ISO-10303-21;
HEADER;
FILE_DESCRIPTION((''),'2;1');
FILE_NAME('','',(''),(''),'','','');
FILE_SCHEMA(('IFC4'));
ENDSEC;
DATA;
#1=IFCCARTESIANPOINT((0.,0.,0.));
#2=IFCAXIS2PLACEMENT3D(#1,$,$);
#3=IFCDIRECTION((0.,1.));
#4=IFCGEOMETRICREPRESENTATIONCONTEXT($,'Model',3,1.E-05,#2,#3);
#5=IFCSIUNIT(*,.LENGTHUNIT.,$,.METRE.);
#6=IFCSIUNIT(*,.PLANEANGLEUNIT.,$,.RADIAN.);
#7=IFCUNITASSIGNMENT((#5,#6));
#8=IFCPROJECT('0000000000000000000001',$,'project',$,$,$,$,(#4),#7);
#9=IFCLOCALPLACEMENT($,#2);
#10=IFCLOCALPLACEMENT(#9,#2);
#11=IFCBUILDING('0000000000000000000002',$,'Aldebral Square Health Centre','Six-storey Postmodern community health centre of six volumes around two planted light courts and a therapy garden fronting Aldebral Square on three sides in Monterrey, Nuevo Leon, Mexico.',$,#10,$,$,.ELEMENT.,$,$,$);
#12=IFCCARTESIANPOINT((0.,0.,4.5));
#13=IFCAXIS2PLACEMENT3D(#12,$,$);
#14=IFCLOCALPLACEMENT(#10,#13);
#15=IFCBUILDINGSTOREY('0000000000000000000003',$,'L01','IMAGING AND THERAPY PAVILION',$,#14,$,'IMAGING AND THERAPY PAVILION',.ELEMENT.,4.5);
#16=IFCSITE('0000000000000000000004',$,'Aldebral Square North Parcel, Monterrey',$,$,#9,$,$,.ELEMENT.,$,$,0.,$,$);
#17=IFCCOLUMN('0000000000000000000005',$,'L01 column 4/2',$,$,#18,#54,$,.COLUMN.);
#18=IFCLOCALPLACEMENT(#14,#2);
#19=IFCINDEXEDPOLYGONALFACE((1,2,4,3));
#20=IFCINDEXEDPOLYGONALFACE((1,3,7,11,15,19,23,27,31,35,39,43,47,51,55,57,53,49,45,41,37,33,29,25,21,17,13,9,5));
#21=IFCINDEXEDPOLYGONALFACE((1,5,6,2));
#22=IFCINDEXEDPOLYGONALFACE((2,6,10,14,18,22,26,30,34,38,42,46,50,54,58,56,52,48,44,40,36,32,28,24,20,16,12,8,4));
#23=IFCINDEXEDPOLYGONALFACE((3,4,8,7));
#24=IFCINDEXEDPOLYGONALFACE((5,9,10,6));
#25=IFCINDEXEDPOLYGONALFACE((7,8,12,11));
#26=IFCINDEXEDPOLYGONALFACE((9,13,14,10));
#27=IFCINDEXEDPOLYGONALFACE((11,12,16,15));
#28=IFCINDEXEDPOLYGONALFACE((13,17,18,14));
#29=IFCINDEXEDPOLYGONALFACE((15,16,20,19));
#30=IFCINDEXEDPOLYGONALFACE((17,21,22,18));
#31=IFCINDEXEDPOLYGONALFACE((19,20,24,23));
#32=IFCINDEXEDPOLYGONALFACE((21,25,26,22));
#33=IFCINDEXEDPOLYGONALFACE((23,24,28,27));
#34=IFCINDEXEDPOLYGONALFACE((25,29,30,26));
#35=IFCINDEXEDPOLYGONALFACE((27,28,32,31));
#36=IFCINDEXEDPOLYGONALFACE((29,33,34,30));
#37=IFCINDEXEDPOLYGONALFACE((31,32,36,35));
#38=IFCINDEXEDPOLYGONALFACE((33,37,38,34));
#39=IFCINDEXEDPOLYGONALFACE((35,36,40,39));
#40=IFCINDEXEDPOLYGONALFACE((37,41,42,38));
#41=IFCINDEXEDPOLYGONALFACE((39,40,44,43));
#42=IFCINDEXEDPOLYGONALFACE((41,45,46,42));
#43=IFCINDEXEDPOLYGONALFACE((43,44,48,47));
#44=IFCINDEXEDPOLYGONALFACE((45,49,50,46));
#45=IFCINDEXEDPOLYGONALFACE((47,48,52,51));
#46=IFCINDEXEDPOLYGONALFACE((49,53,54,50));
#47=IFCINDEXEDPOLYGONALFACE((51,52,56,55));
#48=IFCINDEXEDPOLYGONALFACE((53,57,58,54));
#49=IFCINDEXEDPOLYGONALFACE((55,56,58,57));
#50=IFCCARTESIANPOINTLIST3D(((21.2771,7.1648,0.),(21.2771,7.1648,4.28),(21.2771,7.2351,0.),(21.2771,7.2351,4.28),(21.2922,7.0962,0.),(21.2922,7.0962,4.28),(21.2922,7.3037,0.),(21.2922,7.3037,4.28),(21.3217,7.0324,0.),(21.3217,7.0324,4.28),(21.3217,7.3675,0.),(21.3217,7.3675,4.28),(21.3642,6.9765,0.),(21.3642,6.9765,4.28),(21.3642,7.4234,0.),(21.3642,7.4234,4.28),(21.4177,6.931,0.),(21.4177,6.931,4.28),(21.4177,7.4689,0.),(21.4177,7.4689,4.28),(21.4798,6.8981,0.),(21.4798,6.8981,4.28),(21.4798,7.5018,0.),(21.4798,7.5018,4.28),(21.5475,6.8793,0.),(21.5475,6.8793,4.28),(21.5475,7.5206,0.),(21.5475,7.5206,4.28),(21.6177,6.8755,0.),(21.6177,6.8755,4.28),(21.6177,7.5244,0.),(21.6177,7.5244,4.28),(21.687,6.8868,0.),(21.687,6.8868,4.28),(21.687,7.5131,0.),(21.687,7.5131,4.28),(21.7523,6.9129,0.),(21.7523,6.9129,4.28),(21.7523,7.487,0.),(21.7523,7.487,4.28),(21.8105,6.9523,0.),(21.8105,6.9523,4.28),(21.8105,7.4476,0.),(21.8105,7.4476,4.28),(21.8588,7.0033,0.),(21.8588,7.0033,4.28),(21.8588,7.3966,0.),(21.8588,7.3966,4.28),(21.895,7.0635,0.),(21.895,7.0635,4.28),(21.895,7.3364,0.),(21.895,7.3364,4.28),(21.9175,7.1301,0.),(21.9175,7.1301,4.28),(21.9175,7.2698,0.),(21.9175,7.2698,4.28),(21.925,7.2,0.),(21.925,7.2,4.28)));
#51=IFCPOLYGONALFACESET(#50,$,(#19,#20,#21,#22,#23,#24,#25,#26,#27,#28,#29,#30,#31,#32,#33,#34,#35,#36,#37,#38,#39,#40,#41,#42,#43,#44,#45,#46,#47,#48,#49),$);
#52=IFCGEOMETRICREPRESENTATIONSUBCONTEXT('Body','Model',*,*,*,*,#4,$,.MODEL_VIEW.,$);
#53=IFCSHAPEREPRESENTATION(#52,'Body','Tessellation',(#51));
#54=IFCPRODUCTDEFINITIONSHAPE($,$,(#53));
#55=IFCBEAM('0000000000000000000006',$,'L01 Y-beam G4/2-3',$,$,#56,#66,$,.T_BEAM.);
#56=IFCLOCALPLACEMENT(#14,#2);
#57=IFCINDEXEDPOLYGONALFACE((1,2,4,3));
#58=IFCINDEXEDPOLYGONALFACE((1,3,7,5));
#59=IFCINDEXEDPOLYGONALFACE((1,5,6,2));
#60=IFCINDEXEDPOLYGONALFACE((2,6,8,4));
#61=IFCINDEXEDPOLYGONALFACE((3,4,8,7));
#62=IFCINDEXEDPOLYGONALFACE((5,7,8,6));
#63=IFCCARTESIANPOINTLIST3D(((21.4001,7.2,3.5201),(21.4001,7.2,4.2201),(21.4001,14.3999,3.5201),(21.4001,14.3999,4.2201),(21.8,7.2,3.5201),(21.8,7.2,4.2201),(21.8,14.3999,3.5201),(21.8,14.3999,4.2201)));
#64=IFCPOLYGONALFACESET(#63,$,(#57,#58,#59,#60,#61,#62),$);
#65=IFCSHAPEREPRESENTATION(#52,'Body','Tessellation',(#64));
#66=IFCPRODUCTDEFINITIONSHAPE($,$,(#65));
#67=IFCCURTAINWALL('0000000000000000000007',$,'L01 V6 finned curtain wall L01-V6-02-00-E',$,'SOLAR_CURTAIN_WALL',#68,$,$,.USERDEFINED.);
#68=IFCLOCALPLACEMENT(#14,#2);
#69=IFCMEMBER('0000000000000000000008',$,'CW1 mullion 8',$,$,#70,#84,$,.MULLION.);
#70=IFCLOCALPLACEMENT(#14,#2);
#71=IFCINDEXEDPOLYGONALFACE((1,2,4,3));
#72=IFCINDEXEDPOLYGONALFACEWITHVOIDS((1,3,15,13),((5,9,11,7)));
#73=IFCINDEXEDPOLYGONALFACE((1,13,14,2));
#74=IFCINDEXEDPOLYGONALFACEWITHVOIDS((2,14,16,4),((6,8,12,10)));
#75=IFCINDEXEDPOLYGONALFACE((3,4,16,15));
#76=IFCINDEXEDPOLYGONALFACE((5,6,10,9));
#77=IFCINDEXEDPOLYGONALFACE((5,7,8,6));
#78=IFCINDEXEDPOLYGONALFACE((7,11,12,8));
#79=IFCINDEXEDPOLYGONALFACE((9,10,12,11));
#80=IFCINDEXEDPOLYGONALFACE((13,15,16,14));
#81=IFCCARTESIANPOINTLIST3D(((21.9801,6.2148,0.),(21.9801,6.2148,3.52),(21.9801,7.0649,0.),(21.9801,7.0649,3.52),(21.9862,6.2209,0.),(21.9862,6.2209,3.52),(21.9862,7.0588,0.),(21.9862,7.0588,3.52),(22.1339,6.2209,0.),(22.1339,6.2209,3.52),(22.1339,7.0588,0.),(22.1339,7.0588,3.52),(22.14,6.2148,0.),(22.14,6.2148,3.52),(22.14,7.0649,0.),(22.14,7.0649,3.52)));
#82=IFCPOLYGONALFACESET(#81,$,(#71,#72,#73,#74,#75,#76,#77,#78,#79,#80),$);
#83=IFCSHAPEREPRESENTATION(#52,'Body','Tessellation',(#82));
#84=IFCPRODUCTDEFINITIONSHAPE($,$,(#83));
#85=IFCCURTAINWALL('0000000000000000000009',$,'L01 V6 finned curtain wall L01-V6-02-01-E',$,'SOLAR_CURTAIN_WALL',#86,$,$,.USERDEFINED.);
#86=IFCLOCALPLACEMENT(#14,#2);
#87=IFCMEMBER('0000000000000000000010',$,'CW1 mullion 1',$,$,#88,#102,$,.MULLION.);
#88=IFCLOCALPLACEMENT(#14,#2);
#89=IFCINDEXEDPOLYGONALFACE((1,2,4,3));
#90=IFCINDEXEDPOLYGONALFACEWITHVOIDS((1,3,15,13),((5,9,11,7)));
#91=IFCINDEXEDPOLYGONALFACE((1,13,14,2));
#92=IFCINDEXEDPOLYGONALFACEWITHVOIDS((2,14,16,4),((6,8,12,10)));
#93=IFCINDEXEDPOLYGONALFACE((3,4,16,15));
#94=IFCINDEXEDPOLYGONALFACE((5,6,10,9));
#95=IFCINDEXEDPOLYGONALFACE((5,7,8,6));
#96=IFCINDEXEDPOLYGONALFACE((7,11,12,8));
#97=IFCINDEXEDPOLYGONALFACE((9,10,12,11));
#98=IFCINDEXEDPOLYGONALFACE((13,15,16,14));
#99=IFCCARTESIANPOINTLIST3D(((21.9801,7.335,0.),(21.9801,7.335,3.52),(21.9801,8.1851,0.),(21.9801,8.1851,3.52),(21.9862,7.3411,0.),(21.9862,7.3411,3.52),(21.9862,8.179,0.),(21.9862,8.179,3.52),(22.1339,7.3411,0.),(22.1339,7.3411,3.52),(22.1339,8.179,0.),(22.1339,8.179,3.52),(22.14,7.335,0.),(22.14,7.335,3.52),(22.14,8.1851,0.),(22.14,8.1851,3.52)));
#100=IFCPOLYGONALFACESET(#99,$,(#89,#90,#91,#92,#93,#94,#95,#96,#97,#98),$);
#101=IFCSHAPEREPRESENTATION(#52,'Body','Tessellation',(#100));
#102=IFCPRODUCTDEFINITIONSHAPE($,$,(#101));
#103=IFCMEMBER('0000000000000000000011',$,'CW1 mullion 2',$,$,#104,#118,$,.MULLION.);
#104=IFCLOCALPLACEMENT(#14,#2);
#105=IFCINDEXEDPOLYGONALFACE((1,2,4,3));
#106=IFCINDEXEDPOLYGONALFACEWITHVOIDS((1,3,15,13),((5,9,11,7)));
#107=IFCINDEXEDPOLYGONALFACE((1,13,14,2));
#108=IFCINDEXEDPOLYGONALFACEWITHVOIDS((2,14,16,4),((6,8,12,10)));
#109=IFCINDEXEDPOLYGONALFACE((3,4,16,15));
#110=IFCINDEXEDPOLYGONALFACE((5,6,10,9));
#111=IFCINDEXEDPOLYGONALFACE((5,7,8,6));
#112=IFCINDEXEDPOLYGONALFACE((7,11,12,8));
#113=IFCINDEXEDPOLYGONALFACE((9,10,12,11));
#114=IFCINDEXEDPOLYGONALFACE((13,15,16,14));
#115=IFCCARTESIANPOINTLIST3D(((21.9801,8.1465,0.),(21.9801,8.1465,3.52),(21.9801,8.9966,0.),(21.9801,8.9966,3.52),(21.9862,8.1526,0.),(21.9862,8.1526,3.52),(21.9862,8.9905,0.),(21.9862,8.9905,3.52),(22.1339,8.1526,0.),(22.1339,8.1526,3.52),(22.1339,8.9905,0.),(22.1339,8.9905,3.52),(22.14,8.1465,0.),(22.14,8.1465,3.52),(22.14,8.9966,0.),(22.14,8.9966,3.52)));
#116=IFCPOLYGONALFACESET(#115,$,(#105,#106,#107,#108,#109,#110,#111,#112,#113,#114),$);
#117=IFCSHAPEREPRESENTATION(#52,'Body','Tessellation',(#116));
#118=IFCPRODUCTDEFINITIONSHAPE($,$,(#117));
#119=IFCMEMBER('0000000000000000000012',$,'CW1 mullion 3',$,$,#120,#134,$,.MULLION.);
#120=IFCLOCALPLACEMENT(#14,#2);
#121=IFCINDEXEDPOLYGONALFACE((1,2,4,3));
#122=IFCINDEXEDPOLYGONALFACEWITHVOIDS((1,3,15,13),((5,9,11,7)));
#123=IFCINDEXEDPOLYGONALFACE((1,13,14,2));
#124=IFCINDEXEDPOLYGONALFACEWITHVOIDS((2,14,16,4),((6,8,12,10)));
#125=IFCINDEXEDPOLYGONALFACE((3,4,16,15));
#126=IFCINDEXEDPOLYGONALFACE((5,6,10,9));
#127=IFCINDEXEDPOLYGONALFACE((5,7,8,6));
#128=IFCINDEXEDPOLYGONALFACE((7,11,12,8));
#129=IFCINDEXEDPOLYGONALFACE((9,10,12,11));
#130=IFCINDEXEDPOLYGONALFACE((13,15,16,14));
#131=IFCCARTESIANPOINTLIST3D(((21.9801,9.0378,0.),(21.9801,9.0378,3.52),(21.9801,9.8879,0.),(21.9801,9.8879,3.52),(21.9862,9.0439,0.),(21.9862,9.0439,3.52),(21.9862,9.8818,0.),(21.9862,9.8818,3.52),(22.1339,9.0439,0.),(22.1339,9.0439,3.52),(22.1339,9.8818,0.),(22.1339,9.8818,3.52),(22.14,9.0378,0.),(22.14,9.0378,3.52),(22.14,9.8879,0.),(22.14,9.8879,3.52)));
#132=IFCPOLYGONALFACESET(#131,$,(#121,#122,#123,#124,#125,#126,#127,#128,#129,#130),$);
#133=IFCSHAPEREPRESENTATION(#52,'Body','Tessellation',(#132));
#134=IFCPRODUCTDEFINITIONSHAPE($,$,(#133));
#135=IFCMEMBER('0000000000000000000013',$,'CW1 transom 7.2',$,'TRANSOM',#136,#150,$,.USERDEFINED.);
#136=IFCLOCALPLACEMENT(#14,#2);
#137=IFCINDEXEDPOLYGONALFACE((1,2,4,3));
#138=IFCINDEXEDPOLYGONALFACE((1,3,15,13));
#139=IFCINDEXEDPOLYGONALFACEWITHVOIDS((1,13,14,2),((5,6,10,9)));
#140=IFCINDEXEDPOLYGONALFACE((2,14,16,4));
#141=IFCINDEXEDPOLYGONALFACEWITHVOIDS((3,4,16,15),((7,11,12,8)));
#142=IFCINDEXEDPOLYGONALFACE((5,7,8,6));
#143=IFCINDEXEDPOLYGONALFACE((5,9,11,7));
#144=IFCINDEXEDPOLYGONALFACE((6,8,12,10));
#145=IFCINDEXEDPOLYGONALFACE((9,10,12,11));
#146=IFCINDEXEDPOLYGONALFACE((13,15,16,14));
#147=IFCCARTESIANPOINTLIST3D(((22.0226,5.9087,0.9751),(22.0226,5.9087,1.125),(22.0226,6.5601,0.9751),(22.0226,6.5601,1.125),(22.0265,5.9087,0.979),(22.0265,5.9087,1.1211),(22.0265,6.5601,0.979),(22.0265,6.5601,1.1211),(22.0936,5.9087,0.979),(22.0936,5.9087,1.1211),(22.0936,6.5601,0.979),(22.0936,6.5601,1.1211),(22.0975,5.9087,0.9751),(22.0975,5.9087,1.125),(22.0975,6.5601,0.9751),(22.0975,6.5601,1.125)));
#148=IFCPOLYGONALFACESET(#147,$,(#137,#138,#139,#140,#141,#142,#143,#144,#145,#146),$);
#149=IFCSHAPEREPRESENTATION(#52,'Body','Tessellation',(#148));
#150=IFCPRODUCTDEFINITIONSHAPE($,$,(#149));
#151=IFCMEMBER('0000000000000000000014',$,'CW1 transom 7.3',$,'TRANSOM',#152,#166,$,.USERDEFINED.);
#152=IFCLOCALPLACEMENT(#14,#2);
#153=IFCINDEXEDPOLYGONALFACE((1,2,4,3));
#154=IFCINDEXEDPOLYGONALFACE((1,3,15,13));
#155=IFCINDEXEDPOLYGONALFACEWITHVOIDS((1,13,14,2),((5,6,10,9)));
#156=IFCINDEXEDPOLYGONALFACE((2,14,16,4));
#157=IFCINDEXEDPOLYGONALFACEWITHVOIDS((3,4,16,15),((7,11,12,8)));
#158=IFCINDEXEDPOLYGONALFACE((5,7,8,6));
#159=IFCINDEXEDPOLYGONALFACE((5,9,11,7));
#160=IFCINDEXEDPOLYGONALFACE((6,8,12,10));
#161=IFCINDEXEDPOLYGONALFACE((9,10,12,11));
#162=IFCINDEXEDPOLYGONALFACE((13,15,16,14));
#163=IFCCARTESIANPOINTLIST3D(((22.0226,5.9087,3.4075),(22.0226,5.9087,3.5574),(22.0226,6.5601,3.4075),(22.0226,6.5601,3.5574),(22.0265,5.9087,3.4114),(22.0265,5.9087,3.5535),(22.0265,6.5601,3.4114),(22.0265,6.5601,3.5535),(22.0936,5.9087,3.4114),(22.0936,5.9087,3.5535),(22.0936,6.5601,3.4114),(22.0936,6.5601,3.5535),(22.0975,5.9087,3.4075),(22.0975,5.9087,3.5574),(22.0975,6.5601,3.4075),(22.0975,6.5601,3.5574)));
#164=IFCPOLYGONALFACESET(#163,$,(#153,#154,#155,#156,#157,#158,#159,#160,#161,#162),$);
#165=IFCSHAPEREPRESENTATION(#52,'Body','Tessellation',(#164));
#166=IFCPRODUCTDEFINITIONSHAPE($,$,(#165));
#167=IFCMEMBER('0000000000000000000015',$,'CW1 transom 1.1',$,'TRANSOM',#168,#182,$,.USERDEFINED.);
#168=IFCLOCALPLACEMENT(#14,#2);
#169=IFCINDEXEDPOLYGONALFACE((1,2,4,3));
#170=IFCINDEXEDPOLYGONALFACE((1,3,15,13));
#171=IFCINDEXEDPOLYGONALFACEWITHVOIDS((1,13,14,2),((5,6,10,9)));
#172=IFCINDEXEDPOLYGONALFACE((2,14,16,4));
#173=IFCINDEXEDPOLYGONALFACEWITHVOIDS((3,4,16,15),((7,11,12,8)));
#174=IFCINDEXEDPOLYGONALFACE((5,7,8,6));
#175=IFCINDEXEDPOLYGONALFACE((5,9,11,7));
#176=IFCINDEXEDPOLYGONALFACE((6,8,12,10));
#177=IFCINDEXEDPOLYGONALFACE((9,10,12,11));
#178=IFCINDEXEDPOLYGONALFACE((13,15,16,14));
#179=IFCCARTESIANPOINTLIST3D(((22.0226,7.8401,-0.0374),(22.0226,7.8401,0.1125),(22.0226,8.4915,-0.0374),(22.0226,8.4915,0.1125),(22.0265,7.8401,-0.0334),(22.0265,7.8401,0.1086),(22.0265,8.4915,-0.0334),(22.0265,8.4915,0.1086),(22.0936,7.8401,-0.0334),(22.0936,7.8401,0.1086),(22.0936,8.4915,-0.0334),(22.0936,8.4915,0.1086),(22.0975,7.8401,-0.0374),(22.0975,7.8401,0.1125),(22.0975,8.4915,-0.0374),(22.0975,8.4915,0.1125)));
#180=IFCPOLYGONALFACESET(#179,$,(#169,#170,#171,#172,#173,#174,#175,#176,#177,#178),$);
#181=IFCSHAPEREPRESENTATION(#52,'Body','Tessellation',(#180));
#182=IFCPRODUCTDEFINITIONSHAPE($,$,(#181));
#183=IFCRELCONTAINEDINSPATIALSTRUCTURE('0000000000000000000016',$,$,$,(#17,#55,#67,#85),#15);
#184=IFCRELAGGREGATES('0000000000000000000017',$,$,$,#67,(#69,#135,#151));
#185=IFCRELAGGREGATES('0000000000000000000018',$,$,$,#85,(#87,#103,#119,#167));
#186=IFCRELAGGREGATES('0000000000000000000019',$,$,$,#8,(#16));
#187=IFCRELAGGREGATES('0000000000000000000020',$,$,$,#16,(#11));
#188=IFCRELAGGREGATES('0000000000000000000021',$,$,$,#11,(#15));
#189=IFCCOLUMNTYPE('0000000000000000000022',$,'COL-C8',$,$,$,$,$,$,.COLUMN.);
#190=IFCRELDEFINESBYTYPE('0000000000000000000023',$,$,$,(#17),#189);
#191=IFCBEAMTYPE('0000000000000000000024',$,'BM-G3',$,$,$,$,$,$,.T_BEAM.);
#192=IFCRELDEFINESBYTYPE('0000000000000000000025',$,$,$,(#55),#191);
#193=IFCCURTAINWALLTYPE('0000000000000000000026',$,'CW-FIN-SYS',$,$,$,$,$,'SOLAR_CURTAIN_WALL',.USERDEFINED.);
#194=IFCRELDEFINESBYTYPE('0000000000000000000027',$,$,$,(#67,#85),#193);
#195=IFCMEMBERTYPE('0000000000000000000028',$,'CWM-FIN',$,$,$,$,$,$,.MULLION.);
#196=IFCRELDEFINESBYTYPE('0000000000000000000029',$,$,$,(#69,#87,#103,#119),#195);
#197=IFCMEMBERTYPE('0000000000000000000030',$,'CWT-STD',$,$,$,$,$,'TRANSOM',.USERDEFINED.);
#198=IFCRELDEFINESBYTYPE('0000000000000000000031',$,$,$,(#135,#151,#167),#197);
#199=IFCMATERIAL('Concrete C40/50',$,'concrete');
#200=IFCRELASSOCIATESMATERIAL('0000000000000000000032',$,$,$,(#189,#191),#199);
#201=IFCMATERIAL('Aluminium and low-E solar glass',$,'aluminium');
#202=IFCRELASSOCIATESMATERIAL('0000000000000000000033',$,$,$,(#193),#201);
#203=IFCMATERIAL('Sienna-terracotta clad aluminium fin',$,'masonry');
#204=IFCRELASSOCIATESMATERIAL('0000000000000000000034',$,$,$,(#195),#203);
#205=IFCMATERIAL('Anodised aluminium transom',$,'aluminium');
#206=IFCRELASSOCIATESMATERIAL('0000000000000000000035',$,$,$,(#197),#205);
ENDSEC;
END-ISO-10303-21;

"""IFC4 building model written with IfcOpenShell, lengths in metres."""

from ifc_helpers import new_model, si_unit, direction, frame, origin, origin_2d, place, context, subcontext, project, spatial, rectangle, hollow_rectangle, circle, extrude, material, material_profile, profile_set, type_object, element, aggregate, save


model = new_model("IFC4")

# Units and contexts
model_context = context("Model", 3, precision=1e-05, world=origin(), true_north=direction((0.0, 1.0)))
body_context = subcontext(model_context, "Body", "Model", "MODEL_VIEW")
ifc_project = project(units=[si_unit("LENGTHUNIT", "METRE"), si_unit("PLANEANGLEUNIT", "RADIAN")], contexts=[model_context])

# Site, building, storey
site_placement = place(None, origin())
site = spatial("IfcSite", under=ifc_project, at=site_placement, Name="Aldebral Square North Parcel, Monterrey", CompositionType="ELEMENT", RefElevation=0.0)
building_placement = place(site_placement, origin())
building = spatial("IfcBuilding", under=site, at=building_placement, Name="Aldebral Square Health Centre", Description="Six-storey Postmodern community health centre of six volumes around two planted light courts and a therapy garden fronting Aldebral Square on three sides in Monterrey, Nuevo Leon, Mexico.", CompositionType="ELEMENT")
storey_placement = place(building_placement, frame((0.0, 0.0, 4.5)))
storey = spatial("IfcBuildingStorey", under=building, at=storey_placement, Name="L01", Description="IMAGING AND THERAPY PAVILION", LongName="IMAGING AND THERAPY PAVILION", CompositionType="ELEMENT", Elevation=4.5)

# Column
ifc_material_1 = material(Name="Concrete C40/50", Category="concrete")
ifc_material_profile_1 = material_profile(ifc_material_1, circle(Radius=0.325, at=origin_2d()), Name="RC D650")
ifc_profile_set_1 = profile_set([ifc_material_profile_1], Name="Concrete C40/50")
column_type = type_object("IfcColumnType", Name="COL-C8", PredefinedType="COLUMN", material=ifc_profile_set_1)
column_placement = place(storey_placement, frame((21.6001, 7.2, 0.0), z_axis=(0.0, 0.0, 1.0), x_axis=(1.0, 0.0, 0.0)))
element("IfcColumn", 1, at=column_placement, inside=storey, type_object=column_type, Name="L01 column 4/2", PredefinedType="COLUMN", context=body_context, shape_type="SweptSolid", body=[
    extrude(circle(Radius=0.325, at=origin_2d()), origin(), (0.0, 0.0, 1.0), 4.28),
])

# Beam
ifc_material_profile_2 = material_profile(ifc_material_1, rectangle(XDim=0.3999, YDim=0.7, at=origin_2d()), Name="RC 400x700")
ifc_profile_set_2 = profile_set([ifc_material_profile_2], Name="Concrete C40/50")
beam_type = type_object("IfcBeamType", Name="BM-G3", PredefinedType="T_BEAM", material=ifc_profile_set_2)
beam_placement = place(storey_placement, frame((21.6001, 7.2, 3.8701), z_axis=(0.0, 1.0, 0.0), x_axis=(-1.0, 0.0, 0.0)))
element("IfcBeam", 2, at=beam_placement, inside=storey, type_object=beam_type, Name="L01 Y-beam G4/2-3", PredefinedType="T_BEAM", context=body_context, shape_type="SweptSolid", body=[
    extrude(rectangle(XDim=0.3999, YDim=0.7, at=origin_2d()), origin(), (0.0, 0.0, 1.0), 7.2),
])

# Curtain wall, member
ifc_material_2 = material(Name="Aluminium and low-E solar glass", Category="aluminium")
curtain_wall_type = type_object("IfcCurtainWallType", Name="CW-FIN-SYS", ElementType="SOLAR_CURTAIN_WALL", PredefinedType="USERDEFINED", material=ifc_material_2)
curtain_wall_1_placement = place(storey_placement, origin())
curtain_wall_1 = element("IfcCurtainWall", 3, at=curtain_wall_1_placement, inside=storey, type_object=curtain_wall_type, Name="L01 V6 finned curtain wall L01-V6-02-00-E", ObjectType="SOLAR_CURTAIN_WALL", PredefinedType="USERDEFINED")
ifc_material_3 = material(Name="Sienna-terracotta clad aluminium fin", Category="masonry")
ifc_material_profile_3 = material_profile(ifc_material_3, hollow_rectangle(XDim=0.1599, YDim=0.8501, WallThickness=0.0061, at=origin_2d()), Name="FIN 160x850x6")
ifc_profile_set_3 = profile_set([ifc_material_profile_3], Name="Sienna-terracotta clad aluminium fin")
member_type_1 = type_object("IfcMemberType", Name="CWM-FIN", PredefinedType="MULLION", material=ifc_profile_set_3)
member_1_placement = place(storey_placement, frame((22.0601, 6.6399, 0.0), z_axis=(0.0, 0.0, 1.0), x_axis=(-1.0, 0.0, 0.0)))
member_1 = element("IfcMember", 4, at=member_1_placement, type_object=member_type_1, Name="CW1 mullion 8", PredefinedType="MULLION", context=body_context, shape_type="SweptSolid", body=[
    extrude(hollow_rectangle(XDim=0.1599, YDim=0.8501, WallThickness=0.0061, at=origin_2d()), origin(), (0.0, 0.0, 1.0), 3.52),
])

# Curtain wall, members
curtain_wall_2_placement = place(storey_placement, origin())
curtain_wall_2 = element("IfcCurtainWall", 5, at=curtain_wall_2_placement, inside=storey, type_object=curtain_wall_type, Name="L01 V6 finned curtain wall L01-V6-02-01-E", ObjectType="SOLAR_CURTAIN_WALL", PredefinedType="USERDEFINED")
member_2_placement = place(storey_placement, frame((22.0601, 7.76, 0.0), z_axis=(0.0, 0.0, 1.0), x_axis=(-1.0, 0.0, 0.0)))
member_2 = element("IfcMember", 6, at=member_2_placement, type_object=member_type_1, Name="CW1 mullion 1", PredefinedType="MULLION", context=body_context, shape_type="SweptSolid", body=[
    extrude(hollow_rectangle(XDim=0.1599, YDim=0.8501, WallThickness=0.0061, at=origin_2d()), origin(), (0.0, 0.0, 1.0), 3.52),
])
member_3_placement = place(storey_placement, frame((22.0601, 8.5715, 0.0), z_axis=(0.0, 0.0, 1.0), x_axis=(-1.0, 0.0, 0.0)))
member_3 = element("IfcMember", 7, at=member_3_placement, type_object=member_type_1, Name="CW1 mullion 2", PredefinedType="MULLION", context=body_context, shape_type="SweptSolid", body=[
    extrude(hollow_rectangle(XDim=0.1599, YDim=0.8501, WallThickness=0.0061, at=origin_2d()), origin(), (0.0, 0.0, 1.0), 3.52),
])
member_4_placement = place(storey_placement, frame((22.0601, 9.4629, 0.0), z_axis=(0.0, 0.0, 1.0), x_axis=(-1.0, 0.0, 0.0)))
member_4 = element("IfcMember", 8, at=member_4_placement, type_object=member_type_1, Name="CW1 mullion 3", PredefinedType="MULLION", context=body_context, shape_type="SweptSolid", body=[
    extrude(hollow_rectangle(XDim=0.1599, YDim=0.8501, WallThickness=0.0061, at=origin_2d()), origin(), (0.0, 0.0, 1.0), 3.52),
])

# Members
ifc_material_4 = material(Name="Anodised aluminium transom", Category="aluminium")
ifc_material_profile_4 = material_profile(ifc_material_4, hollow_rectangle(XDim=0.075, YDim=0.1499, WallThickness=0.0039, at=origin_2d()), Name="CWT 75x150x4")
ifc_profile_set_4 = profile_set([ifc_material_profile_4], Name="Anodised aluminium transom")
member_type_2 = type_object("IfcMemberType", Name="CWT-STD", ElementType="TRANSOM", PredefinedType="USERDEFINED", material=ifc_profile_set_4)
member_5_placement = place(storey_placement, frame((22.0601, 5.9087, 1.05), z_axis=(0.0, 1.0, 0.0), x_axis=(-1.0, 0.0, 0.0)))
member_5 = element("IfcMember", 9, at=member_5_placement, type_object=member_type_2, Name="CW1 transom 7.2", ObjectType="TRANSOM", PredefinedType="USERDEFINED", context=body_context, shape_type="SweptSolid", body=[
    extrude(hollow_rectangle(XDim=0.075, YDim=0.1499, WallThickness=0.0039, at=origin_2d()), origin(), (0.0, 0.0, 1.0), 0.6514),
])
member_6_placement = place(storey_placement, frame((22.0601, 5.9087, 3.4824), z_axis=(0.0, 1.0, 0.0), x_axis=(-1.0, 0.0, 0.0)))
member_6 = element("IfcMember", 10, at=member_6_placement, type_object=member_type_2, Name="CW1 transom 7.3", ObjectType="TRANSOM", PredefinedType="USERDEFINED", context=body_context, shape_type="SweptSolid", body=[
    extrude(hollow_rectangle(XDim=0.075, YDim=0.1499, WallThickness=0.0039, at=origin_2d()), origin(), (0.0, 0.0, 1.0), 0.6514),
])
member_7_placement = place(storey_placement, frame((22.0601, 7.8401, 0.0376), z_axis=(0.0, 1.0, 0.0), x_axis=(-1.0, 0.0, 0.0)))
member_7 = element("IfcMember", 11, at=member_7_placement, type_object=member_type_2, Name="CW1 transom 1.1", ObjectType="TRANSOM", PredefinedType="USERDEFINED", context=body_context, shape_type="SweptSolid", body=[
    extrude(hollow_rectangle(XDim=0.075, YDim=0.1499, WallThickness=0.0039, at=origin_2d()), origin(), (0.0, 0.0, 1.0), 0.6514),
])

aggregate(curtain_wall_1, [member_1, member_5, member_6])
aggregate(curtain_wall_2, [member_2, member_3, member_4, member_7])

save(model, "model.ifc")
